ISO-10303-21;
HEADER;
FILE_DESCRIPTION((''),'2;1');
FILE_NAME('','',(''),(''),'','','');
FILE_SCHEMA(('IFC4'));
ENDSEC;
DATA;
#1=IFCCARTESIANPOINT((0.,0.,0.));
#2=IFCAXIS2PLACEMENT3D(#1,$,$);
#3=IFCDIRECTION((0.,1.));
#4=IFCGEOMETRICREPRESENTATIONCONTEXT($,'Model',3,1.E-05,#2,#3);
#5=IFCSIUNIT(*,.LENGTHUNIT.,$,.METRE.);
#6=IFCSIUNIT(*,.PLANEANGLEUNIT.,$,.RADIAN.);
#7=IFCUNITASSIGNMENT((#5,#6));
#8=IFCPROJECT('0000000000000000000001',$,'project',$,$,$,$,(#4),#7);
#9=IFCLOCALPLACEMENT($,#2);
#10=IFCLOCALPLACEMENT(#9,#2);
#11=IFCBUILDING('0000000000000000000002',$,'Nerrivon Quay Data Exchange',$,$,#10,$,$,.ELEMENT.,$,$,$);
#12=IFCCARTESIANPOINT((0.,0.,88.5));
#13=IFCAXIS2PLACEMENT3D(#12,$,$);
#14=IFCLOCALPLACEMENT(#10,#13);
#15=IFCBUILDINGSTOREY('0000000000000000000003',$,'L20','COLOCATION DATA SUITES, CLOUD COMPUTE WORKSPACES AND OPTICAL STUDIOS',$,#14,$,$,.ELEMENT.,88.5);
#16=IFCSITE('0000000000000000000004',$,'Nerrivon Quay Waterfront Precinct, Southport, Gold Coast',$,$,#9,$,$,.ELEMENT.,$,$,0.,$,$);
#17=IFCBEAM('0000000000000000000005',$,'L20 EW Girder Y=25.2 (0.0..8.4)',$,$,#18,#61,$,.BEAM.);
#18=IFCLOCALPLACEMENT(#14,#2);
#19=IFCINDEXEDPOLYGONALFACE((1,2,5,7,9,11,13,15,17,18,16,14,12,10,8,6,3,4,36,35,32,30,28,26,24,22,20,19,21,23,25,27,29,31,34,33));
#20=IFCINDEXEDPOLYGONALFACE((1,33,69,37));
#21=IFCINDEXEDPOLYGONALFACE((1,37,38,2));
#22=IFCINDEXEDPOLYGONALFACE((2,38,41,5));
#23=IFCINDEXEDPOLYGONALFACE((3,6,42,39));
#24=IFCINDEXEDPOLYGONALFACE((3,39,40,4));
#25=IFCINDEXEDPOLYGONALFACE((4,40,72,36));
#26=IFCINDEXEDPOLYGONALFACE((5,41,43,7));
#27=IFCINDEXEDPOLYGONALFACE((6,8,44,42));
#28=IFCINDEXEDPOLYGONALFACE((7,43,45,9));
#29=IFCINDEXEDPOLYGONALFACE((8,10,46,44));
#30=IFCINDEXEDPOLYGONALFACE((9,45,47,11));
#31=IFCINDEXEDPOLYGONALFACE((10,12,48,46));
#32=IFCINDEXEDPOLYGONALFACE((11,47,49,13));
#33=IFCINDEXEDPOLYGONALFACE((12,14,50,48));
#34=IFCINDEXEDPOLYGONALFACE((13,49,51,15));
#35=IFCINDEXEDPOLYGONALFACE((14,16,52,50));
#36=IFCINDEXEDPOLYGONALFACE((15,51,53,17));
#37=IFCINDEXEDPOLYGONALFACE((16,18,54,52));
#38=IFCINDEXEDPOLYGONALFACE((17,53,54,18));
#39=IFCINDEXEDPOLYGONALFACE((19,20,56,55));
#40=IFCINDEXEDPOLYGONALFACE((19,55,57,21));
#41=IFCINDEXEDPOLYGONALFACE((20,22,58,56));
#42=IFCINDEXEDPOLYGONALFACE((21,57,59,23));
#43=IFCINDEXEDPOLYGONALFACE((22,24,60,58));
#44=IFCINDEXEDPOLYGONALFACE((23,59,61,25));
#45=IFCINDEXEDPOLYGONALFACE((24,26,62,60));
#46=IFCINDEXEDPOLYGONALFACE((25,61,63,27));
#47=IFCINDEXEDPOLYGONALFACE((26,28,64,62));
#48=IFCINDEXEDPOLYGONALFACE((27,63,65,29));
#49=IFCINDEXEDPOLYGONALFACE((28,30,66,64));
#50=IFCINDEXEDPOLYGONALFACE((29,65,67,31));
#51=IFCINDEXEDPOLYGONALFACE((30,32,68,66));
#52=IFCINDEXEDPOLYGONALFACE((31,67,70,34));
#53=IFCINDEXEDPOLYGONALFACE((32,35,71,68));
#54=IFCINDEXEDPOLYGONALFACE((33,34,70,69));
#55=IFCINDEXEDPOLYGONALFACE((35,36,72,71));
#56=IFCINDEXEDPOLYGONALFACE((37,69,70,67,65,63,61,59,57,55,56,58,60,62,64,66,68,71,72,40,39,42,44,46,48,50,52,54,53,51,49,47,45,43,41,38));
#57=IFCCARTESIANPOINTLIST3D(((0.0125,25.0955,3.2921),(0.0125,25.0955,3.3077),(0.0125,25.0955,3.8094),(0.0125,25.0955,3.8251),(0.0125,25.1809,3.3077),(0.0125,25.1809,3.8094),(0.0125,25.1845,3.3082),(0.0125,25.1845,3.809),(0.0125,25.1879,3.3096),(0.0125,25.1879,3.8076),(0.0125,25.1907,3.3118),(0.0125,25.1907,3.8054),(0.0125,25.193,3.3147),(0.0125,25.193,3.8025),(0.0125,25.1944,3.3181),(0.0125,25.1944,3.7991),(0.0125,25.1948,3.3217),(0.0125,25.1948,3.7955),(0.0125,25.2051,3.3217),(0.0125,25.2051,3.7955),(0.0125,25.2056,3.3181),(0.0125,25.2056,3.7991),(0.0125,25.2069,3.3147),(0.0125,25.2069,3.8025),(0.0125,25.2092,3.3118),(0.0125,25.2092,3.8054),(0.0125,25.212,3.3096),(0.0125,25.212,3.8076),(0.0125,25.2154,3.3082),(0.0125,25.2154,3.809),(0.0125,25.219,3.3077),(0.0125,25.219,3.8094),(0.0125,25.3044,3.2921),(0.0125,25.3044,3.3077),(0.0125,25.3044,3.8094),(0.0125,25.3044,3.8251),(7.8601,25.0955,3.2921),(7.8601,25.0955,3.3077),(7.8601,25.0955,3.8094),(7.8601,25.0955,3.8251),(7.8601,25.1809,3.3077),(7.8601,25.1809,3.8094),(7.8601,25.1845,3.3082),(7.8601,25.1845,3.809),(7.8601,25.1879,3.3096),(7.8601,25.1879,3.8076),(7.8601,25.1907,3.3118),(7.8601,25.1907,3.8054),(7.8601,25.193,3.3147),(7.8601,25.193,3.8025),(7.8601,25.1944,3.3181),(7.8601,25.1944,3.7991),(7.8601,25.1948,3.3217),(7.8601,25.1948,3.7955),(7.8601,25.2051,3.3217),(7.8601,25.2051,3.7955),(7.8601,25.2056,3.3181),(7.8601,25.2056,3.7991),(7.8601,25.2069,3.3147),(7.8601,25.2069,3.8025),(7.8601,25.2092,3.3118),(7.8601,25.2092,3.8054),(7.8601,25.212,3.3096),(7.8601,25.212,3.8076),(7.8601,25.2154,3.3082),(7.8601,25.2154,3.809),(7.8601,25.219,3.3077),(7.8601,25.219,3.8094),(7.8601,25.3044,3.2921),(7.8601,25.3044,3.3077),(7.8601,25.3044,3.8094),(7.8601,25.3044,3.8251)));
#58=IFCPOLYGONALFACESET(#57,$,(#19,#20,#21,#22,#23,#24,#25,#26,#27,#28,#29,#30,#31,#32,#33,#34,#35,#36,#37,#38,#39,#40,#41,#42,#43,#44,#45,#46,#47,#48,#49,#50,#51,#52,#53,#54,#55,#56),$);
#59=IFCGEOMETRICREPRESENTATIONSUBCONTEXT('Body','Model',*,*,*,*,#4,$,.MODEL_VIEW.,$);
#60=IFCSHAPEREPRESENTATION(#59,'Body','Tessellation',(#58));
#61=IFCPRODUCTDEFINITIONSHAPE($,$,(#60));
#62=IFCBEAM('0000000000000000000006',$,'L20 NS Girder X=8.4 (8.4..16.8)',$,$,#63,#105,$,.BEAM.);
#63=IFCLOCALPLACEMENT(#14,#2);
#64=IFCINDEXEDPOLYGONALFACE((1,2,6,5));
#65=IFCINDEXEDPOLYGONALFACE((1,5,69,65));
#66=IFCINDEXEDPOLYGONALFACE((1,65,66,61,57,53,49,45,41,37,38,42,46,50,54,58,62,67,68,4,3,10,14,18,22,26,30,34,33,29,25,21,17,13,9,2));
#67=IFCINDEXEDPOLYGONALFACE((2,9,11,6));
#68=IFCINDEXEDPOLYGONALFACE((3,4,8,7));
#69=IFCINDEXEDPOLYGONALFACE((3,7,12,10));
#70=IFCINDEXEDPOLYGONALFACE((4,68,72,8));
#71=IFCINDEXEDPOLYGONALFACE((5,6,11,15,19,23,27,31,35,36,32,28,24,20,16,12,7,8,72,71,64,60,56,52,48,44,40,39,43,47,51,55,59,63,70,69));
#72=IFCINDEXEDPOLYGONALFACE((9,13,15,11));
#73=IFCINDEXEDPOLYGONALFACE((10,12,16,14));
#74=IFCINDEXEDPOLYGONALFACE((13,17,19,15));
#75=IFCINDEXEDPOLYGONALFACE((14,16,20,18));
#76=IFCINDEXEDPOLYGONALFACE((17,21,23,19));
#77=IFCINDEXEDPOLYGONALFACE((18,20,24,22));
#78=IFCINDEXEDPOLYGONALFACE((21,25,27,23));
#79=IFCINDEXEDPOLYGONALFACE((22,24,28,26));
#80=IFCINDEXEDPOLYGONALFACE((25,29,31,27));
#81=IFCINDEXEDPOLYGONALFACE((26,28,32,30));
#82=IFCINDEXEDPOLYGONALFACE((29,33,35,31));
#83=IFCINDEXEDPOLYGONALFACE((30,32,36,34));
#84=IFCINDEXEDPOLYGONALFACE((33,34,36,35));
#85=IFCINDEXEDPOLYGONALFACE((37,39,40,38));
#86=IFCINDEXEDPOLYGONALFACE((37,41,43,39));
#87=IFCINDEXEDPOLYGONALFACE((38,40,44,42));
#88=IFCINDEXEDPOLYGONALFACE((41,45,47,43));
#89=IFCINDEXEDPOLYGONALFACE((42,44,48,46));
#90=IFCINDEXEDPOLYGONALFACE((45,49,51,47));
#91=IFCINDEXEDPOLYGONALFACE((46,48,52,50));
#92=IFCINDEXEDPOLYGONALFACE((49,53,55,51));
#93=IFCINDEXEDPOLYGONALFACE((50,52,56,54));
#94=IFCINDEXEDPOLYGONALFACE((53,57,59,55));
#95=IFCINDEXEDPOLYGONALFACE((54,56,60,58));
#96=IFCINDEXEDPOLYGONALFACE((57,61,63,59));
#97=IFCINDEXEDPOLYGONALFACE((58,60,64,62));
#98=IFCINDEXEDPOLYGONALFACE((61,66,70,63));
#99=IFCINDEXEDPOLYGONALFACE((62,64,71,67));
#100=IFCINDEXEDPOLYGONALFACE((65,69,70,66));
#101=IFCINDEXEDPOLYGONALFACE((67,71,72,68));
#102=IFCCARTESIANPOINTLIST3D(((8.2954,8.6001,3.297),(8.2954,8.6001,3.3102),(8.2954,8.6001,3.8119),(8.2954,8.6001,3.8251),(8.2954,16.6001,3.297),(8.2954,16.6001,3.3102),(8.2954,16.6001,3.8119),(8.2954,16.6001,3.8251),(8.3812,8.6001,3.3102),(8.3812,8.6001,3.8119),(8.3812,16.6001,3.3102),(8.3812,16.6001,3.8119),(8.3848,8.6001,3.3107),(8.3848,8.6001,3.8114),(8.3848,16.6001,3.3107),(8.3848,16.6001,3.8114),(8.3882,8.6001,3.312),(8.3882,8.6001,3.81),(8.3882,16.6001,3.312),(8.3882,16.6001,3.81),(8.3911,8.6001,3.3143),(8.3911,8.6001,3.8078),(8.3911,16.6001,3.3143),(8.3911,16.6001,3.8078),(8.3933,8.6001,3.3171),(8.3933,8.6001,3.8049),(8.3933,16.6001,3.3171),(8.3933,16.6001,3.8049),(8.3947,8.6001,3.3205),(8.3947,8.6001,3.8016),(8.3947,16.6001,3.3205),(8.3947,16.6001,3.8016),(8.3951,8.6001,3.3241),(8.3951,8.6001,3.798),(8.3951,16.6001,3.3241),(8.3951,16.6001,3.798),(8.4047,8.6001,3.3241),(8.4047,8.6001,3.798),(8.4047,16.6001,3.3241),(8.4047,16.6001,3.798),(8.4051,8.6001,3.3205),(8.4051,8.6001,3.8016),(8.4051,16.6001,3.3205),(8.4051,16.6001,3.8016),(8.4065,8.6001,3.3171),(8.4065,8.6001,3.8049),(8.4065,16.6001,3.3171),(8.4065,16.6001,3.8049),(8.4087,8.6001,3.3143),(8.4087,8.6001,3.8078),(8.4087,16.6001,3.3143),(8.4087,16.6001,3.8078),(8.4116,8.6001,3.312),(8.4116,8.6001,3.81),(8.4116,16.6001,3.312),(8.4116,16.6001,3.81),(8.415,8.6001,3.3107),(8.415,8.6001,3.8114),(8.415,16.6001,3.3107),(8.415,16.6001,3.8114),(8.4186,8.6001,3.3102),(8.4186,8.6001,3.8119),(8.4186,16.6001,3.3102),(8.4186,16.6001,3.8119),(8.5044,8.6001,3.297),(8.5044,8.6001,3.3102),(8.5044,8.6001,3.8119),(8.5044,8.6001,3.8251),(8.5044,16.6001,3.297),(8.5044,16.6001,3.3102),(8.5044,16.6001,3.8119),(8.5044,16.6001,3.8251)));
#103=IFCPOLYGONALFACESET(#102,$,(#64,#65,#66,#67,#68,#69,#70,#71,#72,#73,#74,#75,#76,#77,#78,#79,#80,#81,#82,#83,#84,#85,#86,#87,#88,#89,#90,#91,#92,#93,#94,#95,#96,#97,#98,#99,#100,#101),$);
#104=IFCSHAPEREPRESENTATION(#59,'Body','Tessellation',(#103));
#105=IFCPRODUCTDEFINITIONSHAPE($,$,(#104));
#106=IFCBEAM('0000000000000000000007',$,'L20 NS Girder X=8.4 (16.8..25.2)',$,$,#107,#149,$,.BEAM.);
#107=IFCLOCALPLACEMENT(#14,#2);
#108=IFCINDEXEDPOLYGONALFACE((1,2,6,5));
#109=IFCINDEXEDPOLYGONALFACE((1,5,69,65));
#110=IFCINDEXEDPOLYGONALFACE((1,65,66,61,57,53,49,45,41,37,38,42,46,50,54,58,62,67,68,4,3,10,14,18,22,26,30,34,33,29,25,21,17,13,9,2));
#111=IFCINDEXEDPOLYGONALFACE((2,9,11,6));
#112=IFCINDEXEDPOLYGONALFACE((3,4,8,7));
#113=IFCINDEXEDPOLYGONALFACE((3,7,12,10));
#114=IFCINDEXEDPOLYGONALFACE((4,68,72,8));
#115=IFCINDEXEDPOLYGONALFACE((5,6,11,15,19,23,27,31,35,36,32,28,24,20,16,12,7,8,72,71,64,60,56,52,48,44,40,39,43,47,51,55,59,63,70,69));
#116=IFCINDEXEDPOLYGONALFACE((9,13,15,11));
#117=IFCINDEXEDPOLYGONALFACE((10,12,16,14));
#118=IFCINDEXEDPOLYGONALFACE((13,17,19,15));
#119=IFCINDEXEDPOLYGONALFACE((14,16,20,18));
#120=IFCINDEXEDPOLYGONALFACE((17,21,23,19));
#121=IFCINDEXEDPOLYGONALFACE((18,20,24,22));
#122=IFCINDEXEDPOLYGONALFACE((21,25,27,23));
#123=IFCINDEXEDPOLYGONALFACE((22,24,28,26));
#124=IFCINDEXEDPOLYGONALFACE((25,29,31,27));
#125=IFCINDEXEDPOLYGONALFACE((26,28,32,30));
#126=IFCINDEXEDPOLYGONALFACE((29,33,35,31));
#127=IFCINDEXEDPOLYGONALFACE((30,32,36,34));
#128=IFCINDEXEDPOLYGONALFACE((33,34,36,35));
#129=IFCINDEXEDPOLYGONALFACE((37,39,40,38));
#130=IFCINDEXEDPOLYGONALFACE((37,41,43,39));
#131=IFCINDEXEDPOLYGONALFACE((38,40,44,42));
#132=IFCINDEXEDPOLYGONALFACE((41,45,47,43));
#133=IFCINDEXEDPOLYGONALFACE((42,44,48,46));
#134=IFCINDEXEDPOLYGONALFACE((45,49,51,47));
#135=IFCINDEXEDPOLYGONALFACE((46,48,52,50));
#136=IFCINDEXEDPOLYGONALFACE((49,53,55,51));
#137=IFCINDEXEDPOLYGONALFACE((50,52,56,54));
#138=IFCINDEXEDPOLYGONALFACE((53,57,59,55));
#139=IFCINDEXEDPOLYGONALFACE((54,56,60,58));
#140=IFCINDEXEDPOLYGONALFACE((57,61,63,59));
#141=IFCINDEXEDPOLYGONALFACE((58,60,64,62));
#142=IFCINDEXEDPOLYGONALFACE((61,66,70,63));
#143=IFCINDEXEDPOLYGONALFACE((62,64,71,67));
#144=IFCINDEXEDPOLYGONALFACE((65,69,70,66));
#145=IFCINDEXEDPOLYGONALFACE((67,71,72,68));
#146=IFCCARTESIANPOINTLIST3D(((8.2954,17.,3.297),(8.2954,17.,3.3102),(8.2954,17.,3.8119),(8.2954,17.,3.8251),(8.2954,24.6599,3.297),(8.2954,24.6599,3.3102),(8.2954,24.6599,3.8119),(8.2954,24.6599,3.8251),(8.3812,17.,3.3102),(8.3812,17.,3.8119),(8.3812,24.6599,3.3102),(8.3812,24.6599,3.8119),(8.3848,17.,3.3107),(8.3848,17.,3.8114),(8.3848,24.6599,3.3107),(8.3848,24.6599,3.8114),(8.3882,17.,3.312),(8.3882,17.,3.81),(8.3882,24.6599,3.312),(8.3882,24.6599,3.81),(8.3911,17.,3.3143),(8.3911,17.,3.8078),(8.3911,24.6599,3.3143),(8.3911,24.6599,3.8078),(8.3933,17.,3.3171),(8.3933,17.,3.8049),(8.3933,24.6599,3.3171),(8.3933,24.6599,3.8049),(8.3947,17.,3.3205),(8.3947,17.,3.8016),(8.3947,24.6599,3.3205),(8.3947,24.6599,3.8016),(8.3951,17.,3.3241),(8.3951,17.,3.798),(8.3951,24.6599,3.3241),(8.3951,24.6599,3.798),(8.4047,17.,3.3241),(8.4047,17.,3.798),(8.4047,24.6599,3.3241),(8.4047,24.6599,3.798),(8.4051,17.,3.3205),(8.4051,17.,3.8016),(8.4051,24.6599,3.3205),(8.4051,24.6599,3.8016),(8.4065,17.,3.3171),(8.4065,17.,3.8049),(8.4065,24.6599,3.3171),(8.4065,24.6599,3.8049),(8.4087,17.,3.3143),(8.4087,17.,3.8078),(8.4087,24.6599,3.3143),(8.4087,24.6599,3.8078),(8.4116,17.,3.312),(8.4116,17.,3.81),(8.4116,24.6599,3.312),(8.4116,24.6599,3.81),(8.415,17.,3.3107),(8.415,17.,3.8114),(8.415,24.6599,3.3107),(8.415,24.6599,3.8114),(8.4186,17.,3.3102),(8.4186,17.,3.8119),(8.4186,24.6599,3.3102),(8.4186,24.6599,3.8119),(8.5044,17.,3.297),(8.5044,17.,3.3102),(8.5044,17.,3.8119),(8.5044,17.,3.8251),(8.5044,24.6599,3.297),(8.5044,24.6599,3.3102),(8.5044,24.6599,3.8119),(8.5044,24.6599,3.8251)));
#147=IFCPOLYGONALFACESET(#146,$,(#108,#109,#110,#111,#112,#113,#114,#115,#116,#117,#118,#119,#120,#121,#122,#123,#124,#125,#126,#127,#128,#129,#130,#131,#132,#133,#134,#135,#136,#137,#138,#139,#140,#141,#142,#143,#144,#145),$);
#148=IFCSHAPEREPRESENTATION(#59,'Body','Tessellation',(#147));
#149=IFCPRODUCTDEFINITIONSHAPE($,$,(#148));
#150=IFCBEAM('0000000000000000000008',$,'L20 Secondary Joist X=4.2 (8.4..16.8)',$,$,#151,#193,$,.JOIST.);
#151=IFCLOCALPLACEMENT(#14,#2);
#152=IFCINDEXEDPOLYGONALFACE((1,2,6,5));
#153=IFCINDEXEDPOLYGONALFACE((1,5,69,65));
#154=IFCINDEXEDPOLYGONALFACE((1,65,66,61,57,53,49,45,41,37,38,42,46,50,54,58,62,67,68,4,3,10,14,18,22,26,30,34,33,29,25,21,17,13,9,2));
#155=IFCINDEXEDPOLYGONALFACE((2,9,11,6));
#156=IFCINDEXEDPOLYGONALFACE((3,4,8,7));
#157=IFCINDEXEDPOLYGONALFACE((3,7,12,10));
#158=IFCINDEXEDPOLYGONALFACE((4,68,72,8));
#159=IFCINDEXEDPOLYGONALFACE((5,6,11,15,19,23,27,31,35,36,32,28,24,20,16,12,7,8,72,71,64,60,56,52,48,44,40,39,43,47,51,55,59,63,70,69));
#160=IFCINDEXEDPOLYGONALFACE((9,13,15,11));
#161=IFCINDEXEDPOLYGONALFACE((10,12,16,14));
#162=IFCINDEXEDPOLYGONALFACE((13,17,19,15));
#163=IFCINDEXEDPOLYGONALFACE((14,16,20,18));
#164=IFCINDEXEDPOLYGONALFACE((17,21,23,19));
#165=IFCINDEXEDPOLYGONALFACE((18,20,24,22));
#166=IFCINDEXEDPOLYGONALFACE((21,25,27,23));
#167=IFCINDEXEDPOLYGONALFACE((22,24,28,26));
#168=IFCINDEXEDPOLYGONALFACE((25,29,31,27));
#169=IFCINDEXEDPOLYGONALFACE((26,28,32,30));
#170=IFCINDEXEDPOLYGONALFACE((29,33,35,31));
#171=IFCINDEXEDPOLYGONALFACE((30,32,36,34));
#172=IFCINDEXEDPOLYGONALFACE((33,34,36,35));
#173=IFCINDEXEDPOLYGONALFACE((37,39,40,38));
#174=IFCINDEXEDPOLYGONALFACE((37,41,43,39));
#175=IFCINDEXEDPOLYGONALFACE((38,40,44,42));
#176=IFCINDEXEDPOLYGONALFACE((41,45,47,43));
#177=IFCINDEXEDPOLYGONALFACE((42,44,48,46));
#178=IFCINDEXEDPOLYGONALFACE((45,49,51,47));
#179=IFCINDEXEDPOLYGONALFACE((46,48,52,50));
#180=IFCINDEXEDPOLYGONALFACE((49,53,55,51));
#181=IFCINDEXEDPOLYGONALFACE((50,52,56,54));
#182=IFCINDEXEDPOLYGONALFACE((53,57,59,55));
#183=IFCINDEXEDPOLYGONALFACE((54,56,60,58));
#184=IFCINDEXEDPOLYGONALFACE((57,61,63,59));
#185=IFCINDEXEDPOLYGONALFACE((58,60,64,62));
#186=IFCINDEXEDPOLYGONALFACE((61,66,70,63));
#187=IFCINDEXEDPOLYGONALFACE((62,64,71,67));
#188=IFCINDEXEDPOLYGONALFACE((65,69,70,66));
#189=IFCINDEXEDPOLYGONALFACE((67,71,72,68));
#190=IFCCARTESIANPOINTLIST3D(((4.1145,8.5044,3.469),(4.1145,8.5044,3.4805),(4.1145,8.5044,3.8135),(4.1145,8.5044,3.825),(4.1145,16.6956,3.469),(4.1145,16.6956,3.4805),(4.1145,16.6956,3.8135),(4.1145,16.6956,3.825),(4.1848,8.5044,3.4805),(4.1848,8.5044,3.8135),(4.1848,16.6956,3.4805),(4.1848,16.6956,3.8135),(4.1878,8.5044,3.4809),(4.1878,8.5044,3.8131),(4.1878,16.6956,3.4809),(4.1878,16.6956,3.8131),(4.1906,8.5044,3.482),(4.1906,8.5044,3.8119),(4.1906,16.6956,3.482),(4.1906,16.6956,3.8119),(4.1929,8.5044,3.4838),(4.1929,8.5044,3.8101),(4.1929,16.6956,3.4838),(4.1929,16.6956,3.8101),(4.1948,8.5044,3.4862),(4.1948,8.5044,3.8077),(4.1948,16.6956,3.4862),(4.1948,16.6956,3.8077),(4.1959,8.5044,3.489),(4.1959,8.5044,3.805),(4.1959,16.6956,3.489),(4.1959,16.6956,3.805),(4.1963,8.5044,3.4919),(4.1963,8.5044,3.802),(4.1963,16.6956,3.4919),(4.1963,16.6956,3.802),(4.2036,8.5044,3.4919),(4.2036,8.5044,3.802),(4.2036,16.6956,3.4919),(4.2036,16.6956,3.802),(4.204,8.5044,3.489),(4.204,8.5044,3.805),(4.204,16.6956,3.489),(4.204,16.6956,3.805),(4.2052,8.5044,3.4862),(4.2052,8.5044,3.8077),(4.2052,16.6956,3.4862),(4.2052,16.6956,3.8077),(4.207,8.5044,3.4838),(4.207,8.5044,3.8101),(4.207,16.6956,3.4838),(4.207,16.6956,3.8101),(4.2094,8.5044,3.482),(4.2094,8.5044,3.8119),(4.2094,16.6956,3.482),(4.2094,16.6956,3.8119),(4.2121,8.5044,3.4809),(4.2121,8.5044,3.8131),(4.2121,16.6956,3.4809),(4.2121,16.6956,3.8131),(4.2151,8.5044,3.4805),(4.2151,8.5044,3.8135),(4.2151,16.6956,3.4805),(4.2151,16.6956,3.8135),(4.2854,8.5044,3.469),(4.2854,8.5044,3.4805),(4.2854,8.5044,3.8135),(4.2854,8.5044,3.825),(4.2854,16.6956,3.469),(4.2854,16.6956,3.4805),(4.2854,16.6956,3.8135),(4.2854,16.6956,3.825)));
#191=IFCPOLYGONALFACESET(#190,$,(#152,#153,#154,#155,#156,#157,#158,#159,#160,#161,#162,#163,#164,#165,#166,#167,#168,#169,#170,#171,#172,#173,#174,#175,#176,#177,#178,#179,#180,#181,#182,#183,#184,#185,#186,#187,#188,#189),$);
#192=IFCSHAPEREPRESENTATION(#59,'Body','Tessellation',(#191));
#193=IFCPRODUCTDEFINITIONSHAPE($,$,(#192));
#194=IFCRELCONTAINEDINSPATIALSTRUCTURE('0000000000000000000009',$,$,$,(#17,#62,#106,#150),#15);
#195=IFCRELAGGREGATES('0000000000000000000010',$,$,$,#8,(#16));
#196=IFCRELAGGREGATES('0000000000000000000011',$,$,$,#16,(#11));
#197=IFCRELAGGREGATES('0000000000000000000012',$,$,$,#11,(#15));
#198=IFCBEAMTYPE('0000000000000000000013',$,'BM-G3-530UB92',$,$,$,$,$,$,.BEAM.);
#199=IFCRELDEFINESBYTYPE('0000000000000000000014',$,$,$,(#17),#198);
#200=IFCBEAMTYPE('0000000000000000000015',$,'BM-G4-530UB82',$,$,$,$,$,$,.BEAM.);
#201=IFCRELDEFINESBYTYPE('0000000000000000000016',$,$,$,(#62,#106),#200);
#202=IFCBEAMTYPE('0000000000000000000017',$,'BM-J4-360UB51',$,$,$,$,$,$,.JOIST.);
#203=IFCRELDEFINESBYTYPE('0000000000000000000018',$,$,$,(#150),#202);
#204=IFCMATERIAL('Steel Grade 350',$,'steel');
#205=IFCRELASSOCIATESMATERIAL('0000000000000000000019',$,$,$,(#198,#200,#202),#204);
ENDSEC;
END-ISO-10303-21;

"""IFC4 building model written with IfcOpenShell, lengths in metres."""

from ifc_helpers import new_model, si_unit, direction, frame, origin, origin_2d, place, context, subcontext, project, spatial, i_section, extrude, material, material_profile, profile_set, type_object, element, save


model = new_model("IFC4")

# Units and contexts
model_context = context("Model", 3, precision=1e-05, world=origin(), true_north=direction((0.0, 1.0)))
body_context = subcontext(model_context, "Body", "Model", "MODEL_VIEW")
ifc_project = project(units=[si_unit("LENGTHUNIT", "METRE"), si_unit("PLANEANGLEUNIT", "RADIAN")], contexts=[model_context])

# Site, building, storey
site_placement = place(None, origin())
site = spatial("IfcSite", under=ifc_project, at=site_placement, Name="Nerrivon Quay Waterfront Precinct, Southport, Gold Coast", CompositionType="ELEMENT", RefElevation=0.0)
building_placement = place(site_placement, origin())
building = spatial("IfcBuilding", under=site, at=building_placement, Name="Nerrivon Quay Data Exchange", CompositionType="ELEMENT")
storey_placement = place(building_placement, frame((0.0, 0.0, 88.5)))
storey = spatial("IfcBuildingStorey", under=building, at=storey_placement, Name="L20", Description="COLOCATION DATA SUITES, CLOUD COMPUTE WORKSPACES AND OPTICAL STUDIOS", CompositionType="ELEMENT", Elevation=88.5)

# Shared definitions
ifc_material_1 = material(Name="Steel Grade 350", Category="steel")

# Beams
ifc_material_profile_1 = material_profile(ifc_material_1, i_section(OverallWidth=0.209, OverallDepth=0.533, WebThickness=0.0103, FlangeThickness=0.0156, FilletRadius=0.0139, at=origin_2d()), Name="530UB92.4")
ifc_profile_set_1 = profile_set([ifc_material_profile_1], Name="Steel Grade 350")
beam_type_1 = type_object("IfcBeamType", Name="BM-G3-530UB92", PredefinedType="BEAM", material=ifc_profile_set_1)
beam_1_placement = place(storey_placement, frame((0.0125, 25.2, 3.5586), z_axis=(1.0, 0.0, 0.0), x_axis=(0.0, 1.0, 0.0)))
element("IfcBeam", 1, at=beam_1_placement, inside=storey, type_object=beam_type_1, Name="L20 EW Girder Y=25.2 (0.0..8.4)", PredefinedType="BEAM", context=body_context, shape_type="SweptSolid", body=[
    extrude(i_section(OverallWidth=0.209, OverallDepth=0.533, WebThickness=0.0103, FlangeThickness=0.0156, FilletRadius=0.0139, at=origin_2d()), origin(), (0.0, 0.0, 1.0), 7.8477),
])
ifc_material_profile_2 = material_profile(ifc_material_1, i_section(OverallWidth=0.209, OverallDepth=0.5281, WebThickness=0.0095, FlangeThickness=0.0132, FilletRadius=0.0139, at=origin_2d()), Name="530UB82.0")
ifc_profile_set_2 = profile_set([ifc_material_profile_2], Name="Steel Grade 350")
beam_type_2 = type_object("IfcBeamType", Name="BM-G4-530UB82", PredefinedType="BEAM", material=ifc_profile_set_2)
beam_2_placement = place(storey_placement, frame((8.3999, 8.6001, 3.561), z_axis=(0.0, 1.0, 0.0), x_axis=(-1.0, 0.0, 0.0)))
element("IfcBeam", 2, at=beam_2_placement, inside=storey, type_object=beam_type_2, Name="L20 NS Girder X=8.4 (8.4..16.8)", PredefinedType="BEAM", context=body_context, shape_type="SweptSolid", body=[
    extrude(i_section(OverallWidth=0.209, OverallDepth=0.5281, WebThickness=0.0095, FlangeThickness=0.0132, FilletRadius=0.0139, at=origin_2d()), origin(), (0.0, 0.0, 1.0), 8.0),
])
beam_3_placement = place(storey_placement, frame((8.3999, 17.0, 3.561), z_axis=(0.0, 1.0, 0.0), x_axis=(-1.0, 0.0, 0.0)))
element("IfcBeam", 3, at=beam_3_placement, inside=storey, type_object=beam_type_2, Name="L20 NS Girder X=8.4 (16.8..25.2)", PredefinedType="BEAM", context=body_context, shape_type="SweptSolid", body=[
    extrude(i_section(OverallWidth=0.209, OverallDepth=0.5281, WebThickness=0.0095, FlangeThickness=0.0132, FilletRadius=0.0139, at=origin_2d()), origin(), (0.0, 0.0, 1.0), 7.6599),
])
ifc_material_profile_3 = material_profile(ifc_material_1, i_section(OverallWidth=0.1709, OverallDepth=0.356, WebThickness=0.0073, FlangeThickness=0.0115, FilletRadius=0.0115, at=origin_2d()), Name="360UB50.7")
ifc_profile_set_3 = profile_set([ifc_material_profile_3], Name="Steel Grade 350")
beam_type_3 = type_object("IfcBeamType", Name="BM-J4-360UB51", PredefinedType="JOIST", material=ifc_profile_set_3)
beam_4_placement = place(storey_placement, frame((4.2, 8.5044, 3.647), z_axis=(0.0, 1.0, 0.0), x_axis=(-1.0, 0.0, 0.0)))
element("IfcBeam", 4, at=beam_4_placement, inside=storey, type_object=beam_type_3, Name="L20 Secondary Joist X=4.2 (8.4..16.8)", PredefinedType="JOIST", context=body_context, shape_type="SweptSolid", body=[
    extrude(i_section(OverallWidth=0.1709, OverallDepth=0.356, WebThickness=0.0073, FlangeThickness=0.0115, FilletRadius=0.0115, at=origin_2d()), origin(), (0.0, 0.0, 1.0), 8.1912),
])

save(model, "model.ifc")
